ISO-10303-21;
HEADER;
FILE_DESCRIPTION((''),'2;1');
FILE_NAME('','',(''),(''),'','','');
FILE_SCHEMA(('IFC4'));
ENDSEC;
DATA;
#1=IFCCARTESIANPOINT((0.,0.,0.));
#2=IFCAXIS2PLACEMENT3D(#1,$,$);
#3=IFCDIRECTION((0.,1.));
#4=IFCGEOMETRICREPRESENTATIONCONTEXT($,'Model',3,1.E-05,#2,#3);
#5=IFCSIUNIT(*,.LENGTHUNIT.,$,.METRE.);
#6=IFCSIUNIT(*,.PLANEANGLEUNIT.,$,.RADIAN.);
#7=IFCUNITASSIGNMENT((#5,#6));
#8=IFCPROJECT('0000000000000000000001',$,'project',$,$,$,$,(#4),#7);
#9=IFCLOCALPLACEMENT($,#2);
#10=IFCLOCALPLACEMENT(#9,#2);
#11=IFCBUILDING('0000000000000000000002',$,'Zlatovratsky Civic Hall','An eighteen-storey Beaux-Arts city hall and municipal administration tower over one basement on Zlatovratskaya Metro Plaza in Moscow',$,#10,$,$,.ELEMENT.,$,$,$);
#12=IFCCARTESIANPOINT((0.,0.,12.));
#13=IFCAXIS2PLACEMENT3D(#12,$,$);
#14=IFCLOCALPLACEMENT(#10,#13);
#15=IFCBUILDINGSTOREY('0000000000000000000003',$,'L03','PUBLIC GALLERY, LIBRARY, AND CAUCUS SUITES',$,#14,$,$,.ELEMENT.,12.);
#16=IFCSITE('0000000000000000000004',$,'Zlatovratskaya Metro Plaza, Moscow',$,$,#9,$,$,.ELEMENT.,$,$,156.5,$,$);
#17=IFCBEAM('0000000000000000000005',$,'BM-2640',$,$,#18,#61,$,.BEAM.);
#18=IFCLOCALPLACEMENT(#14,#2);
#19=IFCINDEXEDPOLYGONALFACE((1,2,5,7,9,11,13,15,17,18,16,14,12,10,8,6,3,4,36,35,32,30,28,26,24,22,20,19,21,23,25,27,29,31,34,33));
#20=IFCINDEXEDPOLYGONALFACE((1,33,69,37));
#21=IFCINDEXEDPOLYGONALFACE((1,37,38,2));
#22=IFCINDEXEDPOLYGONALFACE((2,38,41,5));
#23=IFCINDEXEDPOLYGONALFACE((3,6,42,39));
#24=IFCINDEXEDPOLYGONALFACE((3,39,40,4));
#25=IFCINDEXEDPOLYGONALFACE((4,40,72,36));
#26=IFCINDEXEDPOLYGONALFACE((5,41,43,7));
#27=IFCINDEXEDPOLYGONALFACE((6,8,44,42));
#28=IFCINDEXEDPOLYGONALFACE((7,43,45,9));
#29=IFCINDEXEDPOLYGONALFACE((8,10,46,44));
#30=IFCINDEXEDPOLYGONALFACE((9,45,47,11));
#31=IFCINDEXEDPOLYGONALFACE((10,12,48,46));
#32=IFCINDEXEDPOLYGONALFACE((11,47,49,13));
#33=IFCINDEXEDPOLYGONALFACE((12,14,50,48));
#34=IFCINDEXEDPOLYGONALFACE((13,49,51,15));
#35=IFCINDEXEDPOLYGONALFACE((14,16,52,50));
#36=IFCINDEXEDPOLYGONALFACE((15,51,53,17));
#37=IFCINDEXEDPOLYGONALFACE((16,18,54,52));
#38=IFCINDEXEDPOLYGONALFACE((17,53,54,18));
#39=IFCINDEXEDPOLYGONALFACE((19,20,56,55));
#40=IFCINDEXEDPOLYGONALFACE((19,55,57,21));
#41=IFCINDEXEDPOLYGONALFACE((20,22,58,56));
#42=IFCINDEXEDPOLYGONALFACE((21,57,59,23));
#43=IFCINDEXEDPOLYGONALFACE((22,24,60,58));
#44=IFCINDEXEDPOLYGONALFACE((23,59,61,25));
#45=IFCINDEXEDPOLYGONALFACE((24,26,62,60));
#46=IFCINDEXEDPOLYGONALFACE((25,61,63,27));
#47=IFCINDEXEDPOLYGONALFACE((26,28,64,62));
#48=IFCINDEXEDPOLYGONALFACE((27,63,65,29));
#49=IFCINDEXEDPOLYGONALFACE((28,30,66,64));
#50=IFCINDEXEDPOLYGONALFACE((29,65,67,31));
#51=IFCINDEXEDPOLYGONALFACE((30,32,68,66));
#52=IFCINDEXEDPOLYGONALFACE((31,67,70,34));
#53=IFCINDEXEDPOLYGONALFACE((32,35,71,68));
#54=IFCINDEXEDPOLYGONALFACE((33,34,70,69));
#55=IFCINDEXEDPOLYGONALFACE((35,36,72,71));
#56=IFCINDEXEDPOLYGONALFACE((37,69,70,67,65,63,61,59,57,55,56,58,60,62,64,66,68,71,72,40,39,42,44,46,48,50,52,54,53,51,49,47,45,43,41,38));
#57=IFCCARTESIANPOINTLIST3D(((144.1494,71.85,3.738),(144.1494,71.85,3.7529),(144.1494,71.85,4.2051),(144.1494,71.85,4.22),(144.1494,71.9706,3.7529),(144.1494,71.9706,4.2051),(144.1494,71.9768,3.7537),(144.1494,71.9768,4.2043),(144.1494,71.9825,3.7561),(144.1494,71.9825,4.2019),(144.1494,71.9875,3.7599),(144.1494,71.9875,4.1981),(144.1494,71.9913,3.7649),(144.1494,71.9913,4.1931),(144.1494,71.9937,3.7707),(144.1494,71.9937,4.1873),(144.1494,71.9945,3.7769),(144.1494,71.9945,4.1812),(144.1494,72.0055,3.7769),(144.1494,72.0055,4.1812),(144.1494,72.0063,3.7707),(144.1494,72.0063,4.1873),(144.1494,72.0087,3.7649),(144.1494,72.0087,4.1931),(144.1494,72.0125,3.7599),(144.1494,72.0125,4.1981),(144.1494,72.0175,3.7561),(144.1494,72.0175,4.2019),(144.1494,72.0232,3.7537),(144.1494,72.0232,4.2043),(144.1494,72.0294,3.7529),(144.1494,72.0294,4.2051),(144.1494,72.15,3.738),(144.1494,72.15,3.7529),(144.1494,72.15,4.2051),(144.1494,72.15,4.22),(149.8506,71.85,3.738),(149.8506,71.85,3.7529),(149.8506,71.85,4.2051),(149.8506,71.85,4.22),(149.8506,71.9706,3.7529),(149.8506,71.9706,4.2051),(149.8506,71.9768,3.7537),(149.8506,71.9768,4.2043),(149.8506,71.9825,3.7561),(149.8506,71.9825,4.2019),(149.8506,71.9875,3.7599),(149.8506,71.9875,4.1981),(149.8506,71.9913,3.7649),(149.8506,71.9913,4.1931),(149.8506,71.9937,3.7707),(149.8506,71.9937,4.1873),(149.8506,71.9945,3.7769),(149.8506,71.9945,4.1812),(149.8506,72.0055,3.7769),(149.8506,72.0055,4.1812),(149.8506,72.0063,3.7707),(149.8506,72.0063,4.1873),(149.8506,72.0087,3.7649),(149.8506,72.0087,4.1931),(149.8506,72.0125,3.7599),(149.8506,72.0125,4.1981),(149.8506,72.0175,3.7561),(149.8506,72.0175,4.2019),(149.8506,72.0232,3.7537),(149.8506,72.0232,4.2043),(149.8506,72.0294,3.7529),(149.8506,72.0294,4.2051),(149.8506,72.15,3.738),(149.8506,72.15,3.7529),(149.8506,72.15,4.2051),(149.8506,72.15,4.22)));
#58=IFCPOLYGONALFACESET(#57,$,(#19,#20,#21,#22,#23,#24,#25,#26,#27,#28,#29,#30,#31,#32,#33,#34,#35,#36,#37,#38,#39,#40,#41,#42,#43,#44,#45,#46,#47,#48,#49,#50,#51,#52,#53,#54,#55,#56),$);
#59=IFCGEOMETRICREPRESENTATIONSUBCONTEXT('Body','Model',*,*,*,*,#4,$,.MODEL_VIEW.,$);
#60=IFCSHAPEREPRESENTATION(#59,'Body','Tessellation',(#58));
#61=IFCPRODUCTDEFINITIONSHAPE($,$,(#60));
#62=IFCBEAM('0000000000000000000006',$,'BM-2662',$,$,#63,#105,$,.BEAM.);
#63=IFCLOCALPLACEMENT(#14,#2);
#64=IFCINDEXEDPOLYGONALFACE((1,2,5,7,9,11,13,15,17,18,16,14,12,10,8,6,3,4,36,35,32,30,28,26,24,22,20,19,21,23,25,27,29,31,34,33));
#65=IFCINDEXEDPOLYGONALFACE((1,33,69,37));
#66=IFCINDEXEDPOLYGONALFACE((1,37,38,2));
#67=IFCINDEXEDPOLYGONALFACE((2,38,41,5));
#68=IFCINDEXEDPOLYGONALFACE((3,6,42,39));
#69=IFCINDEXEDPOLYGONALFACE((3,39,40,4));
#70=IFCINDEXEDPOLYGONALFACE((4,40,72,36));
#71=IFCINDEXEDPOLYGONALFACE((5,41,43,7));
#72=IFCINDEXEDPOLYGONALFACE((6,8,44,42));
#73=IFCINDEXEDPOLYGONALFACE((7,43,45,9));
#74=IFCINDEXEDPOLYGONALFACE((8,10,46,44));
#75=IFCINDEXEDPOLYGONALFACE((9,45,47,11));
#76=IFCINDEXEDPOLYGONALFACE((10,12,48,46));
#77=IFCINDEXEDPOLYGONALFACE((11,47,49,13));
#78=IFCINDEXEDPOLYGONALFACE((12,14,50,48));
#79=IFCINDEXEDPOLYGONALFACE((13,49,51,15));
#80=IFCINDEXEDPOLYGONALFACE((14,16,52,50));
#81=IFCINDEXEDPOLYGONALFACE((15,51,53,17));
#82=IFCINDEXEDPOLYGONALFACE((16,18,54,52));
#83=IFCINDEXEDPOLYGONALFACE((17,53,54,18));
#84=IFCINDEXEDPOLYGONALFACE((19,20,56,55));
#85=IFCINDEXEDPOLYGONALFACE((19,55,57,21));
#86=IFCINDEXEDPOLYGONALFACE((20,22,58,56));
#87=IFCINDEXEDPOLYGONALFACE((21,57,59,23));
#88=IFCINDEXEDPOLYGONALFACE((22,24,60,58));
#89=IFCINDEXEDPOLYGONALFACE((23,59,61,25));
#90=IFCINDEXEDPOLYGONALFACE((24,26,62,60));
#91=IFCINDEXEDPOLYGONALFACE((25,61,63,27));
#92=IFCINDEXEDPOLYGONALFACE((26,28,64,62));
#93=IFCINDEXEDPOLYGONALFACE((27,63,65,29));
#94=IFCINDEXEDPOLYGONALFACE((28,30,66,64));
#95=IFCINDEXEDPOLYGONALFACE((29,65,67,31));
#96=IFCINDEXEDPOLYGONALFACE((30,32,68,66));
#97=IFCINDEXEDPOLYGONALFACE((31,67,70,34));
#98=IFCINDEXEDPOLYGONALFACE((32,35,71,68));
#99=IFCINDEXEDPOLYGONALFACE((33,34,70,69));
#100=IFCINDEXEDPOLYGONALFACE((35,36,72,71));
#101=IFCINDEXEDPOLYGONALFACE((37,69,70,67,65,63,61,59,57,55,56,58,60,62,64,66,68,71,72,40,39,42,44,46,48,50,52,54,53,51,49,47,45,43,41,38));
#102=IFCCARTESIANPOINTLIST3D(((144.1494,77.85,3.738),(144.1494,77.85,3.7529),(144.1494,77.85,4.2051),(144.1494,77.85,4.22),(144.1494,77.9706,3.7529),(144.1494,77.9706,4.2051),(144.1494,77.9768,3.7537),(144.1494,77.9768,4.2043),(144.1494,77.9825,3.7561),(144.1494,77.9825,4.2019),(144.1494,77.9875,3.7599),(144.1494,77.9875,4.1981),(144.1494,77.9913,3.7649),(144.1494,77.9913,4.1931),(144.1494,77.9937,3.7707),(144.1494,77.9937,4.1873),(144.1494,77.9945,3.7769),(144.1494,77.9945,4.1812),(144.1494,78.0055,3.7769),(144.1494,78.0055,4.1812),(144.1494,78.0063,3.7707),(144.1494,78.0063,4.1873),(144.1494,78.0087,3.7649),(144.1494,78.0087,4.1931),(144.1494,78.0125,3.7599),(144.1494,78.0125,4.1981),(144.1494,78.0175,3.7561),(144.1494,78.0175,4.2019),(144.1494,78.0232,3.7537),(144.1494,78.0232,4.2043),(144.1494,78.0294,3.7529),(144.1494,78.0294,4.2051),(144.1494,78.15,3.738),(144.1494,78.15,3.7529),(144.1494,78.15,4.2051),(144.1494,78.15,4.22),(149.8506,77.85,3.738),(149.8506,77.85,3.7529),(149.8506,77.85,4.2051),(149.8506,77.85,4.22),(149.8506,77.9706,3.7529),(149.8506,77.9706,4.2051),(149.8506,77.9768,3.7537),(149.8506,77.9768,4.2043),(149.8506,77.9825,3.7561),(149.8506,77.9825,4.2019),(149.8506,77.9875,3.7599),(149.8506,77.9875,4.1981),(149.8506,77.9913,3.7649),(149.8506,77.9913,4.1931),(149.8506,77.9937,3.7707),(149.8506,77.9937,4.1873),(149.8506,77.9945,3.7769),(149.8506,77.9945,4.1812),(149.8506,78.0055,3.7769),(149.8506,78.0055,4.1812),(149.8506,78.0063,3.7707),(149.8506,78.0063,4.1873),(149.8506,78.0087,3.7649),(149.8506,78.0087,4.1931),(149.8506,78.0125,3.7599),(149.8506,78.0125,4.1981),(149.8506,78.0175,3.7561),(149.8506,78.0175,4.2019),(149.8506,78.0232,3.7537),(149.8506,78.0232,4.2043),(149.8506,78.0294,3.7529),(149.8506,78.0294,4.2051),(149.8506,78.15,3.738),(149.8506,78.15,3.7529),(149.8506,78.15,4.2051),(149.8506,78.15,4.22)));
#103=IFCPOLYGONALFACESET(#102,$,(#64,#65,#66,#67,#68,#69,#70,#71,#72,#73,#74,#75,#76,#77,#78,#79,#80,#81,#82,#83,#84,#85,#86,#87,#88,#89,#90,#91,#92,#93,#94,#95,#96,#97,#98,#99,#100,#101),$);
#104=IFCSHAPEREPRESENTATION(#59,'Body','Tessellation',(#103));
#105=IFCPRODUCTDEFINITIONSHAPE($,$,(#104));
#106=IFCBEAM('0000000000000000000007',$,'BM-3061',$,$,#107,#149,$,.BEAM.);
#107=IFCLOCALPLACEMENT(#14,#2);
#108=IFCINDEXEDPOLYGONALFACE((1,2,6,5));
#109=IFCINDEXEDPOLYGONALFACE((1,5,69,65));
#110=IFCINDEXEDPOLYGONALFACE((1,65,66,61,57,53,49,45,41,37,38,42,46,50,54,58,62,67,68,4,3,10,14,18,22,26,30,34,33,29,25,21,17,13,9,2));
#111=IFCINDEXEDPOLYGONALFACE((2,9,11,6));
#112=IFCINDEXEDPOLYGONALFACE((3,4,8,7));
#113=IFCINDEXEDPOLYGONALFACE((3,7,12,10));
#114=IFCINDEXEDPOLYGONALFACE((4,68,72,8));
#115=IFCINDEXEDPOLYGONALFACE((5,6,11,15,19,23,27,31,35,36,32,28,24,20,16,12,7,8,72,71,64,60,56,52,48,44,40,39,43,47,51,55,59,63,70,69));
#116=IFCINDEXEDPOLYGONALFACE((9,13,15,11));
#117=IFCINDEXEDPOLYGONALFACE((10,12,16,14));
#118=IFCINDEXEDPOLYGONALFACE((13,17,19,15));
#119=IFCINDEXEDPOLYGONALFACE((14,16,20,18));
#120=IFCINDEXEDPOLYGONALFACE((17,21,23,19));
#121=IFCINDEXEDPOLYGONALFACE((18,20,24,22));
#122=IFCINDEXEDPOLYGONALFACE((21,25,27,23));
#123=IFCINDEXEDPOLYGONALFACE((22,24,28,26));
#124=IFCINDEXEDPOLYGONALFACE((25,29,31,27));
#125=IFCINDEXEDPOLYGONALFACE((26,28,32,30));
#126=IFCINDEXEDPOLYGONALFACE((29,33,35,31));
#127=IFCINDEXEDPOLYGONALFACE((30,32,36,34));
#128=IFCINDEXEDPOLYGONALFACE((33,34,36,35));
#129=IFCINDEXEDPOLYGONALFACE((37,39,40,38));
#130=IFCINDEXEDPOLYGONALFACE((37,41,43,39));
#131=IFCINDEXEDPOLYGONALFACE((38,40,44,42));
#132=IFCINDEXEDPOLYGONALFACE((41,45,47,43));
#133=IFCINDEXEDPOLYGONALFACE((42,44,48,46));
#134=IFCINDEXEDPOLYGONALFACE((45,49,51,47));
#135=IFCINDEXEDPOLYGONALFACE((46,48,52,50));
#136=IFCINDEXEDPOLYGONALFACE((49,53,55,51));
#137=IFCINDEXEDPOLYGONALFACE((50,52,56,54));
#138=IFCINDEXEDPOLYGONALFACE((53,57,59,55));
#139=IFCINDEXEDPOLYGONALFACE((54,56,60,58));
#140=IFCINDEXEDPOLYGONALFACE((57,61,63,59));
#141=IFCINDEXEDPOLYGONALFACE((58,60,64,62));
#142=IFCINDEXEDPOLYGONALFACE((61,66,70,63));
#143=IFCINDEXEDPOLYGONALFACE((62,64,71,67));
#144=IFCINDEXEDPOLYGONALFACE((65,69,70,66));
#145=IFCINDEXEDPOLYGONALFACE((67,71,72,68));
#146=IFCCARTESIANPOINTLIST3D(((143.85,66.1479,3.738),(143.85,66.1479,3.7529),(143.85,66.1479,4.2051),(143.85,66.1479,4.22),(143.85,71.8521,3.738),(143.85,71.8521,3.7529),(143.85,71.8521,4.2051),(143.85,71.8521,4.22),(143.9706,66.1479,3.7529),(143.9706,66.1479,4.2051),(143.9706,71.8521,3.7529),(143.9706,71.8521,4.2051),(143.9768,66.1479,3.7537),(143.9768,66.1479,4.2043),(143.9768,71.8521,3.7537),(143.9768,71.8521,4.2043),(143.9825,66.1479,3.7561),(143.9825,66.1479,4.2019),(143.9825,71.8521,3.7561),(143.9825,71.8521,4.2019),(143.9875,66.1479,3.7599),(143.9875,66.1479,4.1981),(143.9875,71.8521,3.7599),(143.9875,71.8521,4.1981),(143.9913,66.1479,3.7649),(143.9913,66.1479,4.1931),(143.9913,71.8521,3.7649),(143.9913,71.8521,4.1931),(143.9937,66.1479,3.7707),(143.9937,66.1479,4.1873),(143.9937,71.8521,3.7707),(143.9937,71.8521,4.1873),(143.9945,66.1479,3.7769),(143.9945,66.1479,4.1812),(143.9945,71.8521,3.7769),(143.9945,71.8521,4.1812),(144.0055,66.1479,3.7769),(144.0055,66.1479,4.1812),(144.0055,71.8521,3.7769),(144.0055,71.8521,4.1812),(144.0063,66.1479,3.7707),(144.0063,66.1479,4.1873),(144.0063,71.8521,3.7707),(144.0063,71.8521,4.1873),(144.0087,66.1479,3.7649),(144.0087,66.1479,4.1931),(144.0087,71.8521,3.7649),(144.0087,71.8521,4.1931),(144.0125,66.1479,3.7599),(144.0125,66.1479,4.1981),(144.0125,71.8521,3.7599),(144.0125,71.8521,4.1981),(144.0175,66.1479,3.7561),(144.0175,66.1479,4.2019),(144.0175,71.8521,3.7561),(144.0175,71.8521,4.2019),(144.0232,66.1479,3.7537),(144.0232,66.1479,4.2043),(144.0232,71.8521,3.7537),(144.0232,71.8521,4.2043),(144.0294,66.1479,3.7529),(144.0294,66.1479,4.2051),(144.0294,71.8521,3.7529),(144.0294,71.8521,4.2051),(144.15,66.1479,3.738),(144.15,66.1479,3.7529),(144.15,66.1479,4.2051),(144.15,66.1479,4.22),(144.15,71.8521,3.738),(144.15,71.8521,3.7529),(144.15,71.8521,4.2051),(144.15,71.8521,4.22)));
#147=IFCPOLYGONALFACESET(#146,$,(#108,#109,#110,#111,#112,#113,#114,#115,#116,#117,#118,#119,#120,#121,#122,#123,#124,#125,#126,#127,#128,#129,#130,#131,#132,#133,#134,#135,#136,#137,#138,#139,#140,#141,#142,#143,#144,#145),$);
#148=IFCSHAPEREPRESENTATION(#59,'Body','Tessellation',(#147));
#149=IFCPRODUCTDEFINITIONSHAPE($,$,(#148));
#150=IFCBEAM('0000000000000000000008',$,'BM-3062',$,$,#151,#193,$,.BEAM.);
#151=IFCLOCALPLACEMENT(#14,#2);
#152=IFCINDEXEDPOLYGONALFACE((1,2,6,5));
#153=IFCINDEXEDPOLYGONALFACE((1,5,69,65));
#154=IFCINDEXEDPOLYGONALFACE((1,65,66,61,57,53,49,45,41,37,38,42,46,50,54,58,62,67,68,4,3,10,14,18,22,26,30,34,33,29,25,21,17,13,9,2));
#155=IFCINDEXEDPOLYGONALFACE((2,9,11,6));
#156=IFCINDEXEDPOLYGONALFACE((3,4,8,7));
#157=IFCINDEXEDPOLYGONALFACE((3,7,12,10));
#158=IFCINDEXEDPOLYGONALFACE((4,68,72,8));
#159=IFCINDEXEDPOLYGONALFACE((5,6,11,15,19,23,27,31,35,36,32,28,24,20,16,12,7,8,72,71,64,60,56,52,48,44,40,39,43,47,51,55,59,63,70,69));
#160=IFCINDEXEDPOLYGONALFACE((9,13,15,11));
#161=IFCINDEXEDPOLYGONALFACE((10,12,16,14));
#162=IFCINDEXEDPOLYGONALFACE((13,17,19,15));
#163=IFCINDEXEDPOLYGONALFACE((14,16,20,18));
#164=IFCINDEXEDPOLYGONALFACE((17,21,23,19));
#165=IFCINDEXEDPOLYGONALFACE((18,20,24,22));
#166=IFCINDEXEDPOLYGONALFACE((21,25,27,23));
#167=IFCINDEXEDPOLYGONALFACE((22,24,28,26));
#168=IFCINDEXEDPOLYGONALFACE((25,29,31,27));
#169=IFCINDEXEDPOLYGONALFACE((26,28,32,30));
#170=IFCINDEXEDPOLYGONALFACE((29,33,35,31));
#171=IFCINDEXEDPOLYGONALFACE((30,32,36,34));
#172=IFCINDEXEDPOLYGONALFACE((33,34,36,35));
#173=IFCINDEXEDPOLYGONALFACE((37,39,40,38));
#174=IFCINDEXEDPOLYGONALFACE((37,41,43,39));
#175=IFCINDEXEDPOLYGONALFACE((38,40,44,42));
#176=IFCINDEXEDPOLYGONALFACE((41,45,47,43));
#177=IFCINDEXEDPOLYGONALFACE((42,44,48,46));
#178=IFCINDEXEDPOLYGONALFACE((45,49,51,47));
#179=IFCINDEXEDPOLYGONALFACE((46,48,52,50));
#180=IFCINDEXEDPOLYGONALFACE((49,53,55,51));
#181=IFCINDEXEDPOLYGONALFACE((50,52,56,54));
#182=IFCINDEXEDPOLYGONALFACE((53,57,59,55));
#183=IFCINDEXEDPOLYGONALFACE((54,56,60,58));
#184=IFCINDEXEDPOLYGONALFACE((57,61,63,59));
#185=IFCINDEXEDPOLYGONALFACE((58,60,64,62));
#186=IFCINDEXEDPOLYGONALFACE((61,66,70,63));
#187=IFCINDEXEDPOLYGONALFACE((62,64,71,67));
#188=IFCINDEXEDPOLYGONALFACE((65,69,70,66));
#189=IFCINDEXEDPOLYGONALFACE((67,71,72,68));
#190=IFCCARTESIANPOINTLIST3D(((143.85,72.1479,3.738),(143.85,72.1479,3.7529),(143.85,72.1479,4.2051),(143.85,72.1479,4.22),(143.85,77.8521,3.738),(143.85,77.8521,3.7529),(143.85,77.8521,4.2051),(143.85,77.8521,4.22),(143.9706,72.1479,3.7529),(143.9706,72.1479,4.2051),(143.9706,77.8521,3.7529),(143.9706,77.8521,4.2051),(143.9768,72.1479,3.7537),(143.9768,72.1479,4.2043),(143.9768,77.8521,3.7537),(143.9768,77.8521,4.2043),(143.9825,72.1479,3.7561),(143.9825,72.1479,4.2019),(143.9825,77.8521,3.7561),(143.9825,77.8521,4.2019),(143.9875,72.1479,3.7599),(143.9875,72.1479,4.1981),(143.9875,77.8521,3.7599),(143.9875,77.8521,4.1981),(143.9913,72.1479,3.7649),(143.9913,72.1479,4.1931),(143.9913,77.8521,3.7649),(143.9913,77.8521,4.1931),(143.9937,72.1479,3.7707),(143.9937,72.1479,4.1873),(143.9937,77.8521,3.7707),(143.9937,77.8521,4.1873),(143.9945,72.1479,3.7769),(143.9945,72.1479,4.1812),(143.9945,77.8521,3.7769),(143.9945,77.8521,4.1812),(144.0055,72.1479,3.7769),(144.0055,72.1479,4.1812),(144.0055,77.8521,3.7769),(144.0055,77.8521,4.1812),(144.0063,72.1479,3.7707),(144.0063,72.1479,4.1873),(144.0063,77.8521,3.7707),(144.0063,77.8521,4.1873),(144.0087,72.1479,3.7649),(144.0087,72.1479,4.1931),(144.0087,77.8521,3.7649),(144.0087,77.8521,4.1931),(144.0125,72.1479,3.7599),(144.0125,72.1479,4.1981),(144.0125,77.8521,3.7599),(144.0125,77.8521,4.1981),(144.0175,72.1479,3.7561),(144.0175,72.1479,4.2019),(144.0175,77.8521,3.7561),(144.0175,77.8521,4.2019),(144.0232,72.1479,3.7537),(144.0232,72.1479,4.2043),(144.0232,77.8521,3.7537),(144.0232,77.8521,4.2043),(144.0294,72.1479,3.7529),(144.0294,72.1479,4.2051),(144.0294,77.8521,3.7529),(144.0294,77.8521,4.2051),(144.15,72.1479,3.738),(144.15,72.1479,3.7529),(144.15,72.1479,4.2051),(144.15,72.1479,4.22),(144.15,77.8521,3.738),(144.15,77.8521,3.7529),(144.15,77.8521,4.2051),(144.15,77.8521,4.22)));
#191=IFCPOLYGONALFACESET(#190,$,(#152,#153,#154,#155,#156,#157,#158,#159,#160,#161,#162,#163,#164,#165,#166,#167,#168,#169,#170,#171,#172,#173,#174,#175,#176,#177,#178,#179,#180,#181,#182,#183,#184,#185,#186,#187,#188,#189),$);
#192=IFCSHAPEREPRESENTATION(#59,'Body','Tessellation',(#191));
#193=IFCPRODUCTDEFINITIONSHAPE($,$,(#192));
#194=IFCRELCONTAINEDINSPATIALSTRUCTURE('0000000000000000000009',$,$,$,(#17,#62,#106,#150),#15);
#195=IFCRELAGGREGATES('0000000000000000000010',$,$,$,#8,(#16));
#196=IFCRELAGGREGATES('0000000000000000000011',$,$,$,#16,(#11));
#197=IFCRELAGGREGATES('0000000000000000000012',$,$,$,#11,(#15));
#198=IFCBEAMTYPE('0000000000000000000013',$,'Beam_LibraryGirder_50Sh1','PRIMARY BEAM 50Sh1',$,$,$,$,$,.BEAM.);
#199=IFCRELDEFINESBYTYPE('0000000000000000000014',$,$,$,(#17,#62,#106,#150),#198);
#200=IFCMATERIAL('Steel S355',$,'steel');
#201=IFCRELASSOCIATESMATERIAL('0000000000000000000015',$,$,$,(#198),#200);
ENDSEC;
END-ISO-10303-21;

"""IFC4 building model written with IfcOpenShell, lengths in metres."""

from ifc_helpers import new_model, si_unit, direction, frame, origin, origin_2d, place, context, subcontext, project, spatial, i_section, extrude, material, material_profile, profile_set, type_object, element, save


model = new_model("IFC4")

# Units and contexts
model_context = context("Model", 3, precision=1e-05, world=origin(), true_north=direction((0.0, 1.0)))
body_context = subcontext(model_context, "Body", "Model", "MODEL_VIEW")
ifc_project = project(units=[si_unit("LENGTHUNIT", "METRE"), si_unit("PLANEANGLEUNIT", "RADIAN")], contexts=[model_context])

# Site, building, storey
site_placement = place(None, origin())
site = spatial("IfcSite", under=ifc_project, at=site_placement, Name="Zlatovratskaya Metro Plaza, Moscow", CompositionType="ELEMENT", RefElevation=156.5)
building_placement = place(site_placement, origin())
building = spatial("IfcBuilding", under=site, at=building_placement, Name="Zlatovratsky Civic Hall", Description="An eighteen-storey Beaux-Arts city hall and municipal administration tower over one basement on Zlatovratskaya Metro Plaza in Moscow", CompositionType="ELEMENT")
storey_placement = place(building_placement, frame((0.0, 0.0, 12.0)))
storey = spatial("IfcBuildingStorey", under=building, at=storey_placement, Name="L03", Description="PUBLIC GALLERY, LIBRARY, AND CAUCUS SUITES", CompositionType="ELEMENT", Elevation=12.0)

# Shared definitions
ifc_material_1 = material(Name="Steel S355", Category="steel")

# Beams
ifc_material_profile_1 = material_profile(ifc_material_1, i_section(OverallWidth=0.3, OverallDepth=0.4819, WebThickness=0.011, FlangeThickness=0.0149, FilletRadius=0.0239, at=origin_2d()), Name="50Sh1")
ifc_profile_set_1 = profile_set([ifc_material_profile_1], Name="Steel S355")
beam_type_1 = type_object("IfcBeamType", Name="Beam_LibraryGirder_50Sh1", Description="PRIMARY BEAM 50Sh1", PredefinedType="BEAM", material=ifc_profile_set_1)
for number, where, z_axis, x_axis, name in (
    (1, (144.1494, 72.0, 3.979), (1.0, 0.0, 0.0), (0.0, 1.0, 0.0), "BM-2640"),
    (2, (144.1494, 78.0, 3.979), (1.0, 0.0, 0.0), (0.0, 1.0, 0.0), "BM-2662"),
):
    element("IfcBeam", number, at=place(storey_placement, frame(where, z_axis=z_axis, x_axis=x_axis)), inside=storey, type_object=beam_type_1, Name=name, PredefinedType="BEAM", context=body_context, shape_type="SweptSolid", body=[
        extrude(i_section(OverallWidth=0.3, OverallDepth=0.4819, WebThickness=0.011, FlangeThickness=0.0149, FilletRadius=0.0239, at=origin_2d()), origin(), (0.0, 0.0, 1.0), 5.7012),
    ])
for number, where, z_axis, x_axis, name in (
    (3, (144.0, 66.1479, 3.979), (0.0, 1.0, 0.0), (-1.0, 0.0, 0.0), "BM-3061"),
    (4, (144.0, 72.1479, 3.979), (0.0, 1.0, 0.0), (-1.0, 0.0, 0.0), "BM-3062"),
):
    element("IfcBeam", number, at=place(storey_placement, frame(where, z_axis=z_axis, x_axis=x_axis)), inside=storey, type_object=beam_type_1, Name=name, PredefinedType="BEAM", context=body_context, shape_type="SweptSolid", body=[
        extrude(i_section(OverallWidth=0.3, OverallDepth=0.4819, WebThickness=0.011, FlangeThickness=0.0149, FilletRadius=0.0239, at=origin_2d()), origin(), (0.0, 0.0, 1.0), 5.7041),
    ])

save(model, "model.ifc")
